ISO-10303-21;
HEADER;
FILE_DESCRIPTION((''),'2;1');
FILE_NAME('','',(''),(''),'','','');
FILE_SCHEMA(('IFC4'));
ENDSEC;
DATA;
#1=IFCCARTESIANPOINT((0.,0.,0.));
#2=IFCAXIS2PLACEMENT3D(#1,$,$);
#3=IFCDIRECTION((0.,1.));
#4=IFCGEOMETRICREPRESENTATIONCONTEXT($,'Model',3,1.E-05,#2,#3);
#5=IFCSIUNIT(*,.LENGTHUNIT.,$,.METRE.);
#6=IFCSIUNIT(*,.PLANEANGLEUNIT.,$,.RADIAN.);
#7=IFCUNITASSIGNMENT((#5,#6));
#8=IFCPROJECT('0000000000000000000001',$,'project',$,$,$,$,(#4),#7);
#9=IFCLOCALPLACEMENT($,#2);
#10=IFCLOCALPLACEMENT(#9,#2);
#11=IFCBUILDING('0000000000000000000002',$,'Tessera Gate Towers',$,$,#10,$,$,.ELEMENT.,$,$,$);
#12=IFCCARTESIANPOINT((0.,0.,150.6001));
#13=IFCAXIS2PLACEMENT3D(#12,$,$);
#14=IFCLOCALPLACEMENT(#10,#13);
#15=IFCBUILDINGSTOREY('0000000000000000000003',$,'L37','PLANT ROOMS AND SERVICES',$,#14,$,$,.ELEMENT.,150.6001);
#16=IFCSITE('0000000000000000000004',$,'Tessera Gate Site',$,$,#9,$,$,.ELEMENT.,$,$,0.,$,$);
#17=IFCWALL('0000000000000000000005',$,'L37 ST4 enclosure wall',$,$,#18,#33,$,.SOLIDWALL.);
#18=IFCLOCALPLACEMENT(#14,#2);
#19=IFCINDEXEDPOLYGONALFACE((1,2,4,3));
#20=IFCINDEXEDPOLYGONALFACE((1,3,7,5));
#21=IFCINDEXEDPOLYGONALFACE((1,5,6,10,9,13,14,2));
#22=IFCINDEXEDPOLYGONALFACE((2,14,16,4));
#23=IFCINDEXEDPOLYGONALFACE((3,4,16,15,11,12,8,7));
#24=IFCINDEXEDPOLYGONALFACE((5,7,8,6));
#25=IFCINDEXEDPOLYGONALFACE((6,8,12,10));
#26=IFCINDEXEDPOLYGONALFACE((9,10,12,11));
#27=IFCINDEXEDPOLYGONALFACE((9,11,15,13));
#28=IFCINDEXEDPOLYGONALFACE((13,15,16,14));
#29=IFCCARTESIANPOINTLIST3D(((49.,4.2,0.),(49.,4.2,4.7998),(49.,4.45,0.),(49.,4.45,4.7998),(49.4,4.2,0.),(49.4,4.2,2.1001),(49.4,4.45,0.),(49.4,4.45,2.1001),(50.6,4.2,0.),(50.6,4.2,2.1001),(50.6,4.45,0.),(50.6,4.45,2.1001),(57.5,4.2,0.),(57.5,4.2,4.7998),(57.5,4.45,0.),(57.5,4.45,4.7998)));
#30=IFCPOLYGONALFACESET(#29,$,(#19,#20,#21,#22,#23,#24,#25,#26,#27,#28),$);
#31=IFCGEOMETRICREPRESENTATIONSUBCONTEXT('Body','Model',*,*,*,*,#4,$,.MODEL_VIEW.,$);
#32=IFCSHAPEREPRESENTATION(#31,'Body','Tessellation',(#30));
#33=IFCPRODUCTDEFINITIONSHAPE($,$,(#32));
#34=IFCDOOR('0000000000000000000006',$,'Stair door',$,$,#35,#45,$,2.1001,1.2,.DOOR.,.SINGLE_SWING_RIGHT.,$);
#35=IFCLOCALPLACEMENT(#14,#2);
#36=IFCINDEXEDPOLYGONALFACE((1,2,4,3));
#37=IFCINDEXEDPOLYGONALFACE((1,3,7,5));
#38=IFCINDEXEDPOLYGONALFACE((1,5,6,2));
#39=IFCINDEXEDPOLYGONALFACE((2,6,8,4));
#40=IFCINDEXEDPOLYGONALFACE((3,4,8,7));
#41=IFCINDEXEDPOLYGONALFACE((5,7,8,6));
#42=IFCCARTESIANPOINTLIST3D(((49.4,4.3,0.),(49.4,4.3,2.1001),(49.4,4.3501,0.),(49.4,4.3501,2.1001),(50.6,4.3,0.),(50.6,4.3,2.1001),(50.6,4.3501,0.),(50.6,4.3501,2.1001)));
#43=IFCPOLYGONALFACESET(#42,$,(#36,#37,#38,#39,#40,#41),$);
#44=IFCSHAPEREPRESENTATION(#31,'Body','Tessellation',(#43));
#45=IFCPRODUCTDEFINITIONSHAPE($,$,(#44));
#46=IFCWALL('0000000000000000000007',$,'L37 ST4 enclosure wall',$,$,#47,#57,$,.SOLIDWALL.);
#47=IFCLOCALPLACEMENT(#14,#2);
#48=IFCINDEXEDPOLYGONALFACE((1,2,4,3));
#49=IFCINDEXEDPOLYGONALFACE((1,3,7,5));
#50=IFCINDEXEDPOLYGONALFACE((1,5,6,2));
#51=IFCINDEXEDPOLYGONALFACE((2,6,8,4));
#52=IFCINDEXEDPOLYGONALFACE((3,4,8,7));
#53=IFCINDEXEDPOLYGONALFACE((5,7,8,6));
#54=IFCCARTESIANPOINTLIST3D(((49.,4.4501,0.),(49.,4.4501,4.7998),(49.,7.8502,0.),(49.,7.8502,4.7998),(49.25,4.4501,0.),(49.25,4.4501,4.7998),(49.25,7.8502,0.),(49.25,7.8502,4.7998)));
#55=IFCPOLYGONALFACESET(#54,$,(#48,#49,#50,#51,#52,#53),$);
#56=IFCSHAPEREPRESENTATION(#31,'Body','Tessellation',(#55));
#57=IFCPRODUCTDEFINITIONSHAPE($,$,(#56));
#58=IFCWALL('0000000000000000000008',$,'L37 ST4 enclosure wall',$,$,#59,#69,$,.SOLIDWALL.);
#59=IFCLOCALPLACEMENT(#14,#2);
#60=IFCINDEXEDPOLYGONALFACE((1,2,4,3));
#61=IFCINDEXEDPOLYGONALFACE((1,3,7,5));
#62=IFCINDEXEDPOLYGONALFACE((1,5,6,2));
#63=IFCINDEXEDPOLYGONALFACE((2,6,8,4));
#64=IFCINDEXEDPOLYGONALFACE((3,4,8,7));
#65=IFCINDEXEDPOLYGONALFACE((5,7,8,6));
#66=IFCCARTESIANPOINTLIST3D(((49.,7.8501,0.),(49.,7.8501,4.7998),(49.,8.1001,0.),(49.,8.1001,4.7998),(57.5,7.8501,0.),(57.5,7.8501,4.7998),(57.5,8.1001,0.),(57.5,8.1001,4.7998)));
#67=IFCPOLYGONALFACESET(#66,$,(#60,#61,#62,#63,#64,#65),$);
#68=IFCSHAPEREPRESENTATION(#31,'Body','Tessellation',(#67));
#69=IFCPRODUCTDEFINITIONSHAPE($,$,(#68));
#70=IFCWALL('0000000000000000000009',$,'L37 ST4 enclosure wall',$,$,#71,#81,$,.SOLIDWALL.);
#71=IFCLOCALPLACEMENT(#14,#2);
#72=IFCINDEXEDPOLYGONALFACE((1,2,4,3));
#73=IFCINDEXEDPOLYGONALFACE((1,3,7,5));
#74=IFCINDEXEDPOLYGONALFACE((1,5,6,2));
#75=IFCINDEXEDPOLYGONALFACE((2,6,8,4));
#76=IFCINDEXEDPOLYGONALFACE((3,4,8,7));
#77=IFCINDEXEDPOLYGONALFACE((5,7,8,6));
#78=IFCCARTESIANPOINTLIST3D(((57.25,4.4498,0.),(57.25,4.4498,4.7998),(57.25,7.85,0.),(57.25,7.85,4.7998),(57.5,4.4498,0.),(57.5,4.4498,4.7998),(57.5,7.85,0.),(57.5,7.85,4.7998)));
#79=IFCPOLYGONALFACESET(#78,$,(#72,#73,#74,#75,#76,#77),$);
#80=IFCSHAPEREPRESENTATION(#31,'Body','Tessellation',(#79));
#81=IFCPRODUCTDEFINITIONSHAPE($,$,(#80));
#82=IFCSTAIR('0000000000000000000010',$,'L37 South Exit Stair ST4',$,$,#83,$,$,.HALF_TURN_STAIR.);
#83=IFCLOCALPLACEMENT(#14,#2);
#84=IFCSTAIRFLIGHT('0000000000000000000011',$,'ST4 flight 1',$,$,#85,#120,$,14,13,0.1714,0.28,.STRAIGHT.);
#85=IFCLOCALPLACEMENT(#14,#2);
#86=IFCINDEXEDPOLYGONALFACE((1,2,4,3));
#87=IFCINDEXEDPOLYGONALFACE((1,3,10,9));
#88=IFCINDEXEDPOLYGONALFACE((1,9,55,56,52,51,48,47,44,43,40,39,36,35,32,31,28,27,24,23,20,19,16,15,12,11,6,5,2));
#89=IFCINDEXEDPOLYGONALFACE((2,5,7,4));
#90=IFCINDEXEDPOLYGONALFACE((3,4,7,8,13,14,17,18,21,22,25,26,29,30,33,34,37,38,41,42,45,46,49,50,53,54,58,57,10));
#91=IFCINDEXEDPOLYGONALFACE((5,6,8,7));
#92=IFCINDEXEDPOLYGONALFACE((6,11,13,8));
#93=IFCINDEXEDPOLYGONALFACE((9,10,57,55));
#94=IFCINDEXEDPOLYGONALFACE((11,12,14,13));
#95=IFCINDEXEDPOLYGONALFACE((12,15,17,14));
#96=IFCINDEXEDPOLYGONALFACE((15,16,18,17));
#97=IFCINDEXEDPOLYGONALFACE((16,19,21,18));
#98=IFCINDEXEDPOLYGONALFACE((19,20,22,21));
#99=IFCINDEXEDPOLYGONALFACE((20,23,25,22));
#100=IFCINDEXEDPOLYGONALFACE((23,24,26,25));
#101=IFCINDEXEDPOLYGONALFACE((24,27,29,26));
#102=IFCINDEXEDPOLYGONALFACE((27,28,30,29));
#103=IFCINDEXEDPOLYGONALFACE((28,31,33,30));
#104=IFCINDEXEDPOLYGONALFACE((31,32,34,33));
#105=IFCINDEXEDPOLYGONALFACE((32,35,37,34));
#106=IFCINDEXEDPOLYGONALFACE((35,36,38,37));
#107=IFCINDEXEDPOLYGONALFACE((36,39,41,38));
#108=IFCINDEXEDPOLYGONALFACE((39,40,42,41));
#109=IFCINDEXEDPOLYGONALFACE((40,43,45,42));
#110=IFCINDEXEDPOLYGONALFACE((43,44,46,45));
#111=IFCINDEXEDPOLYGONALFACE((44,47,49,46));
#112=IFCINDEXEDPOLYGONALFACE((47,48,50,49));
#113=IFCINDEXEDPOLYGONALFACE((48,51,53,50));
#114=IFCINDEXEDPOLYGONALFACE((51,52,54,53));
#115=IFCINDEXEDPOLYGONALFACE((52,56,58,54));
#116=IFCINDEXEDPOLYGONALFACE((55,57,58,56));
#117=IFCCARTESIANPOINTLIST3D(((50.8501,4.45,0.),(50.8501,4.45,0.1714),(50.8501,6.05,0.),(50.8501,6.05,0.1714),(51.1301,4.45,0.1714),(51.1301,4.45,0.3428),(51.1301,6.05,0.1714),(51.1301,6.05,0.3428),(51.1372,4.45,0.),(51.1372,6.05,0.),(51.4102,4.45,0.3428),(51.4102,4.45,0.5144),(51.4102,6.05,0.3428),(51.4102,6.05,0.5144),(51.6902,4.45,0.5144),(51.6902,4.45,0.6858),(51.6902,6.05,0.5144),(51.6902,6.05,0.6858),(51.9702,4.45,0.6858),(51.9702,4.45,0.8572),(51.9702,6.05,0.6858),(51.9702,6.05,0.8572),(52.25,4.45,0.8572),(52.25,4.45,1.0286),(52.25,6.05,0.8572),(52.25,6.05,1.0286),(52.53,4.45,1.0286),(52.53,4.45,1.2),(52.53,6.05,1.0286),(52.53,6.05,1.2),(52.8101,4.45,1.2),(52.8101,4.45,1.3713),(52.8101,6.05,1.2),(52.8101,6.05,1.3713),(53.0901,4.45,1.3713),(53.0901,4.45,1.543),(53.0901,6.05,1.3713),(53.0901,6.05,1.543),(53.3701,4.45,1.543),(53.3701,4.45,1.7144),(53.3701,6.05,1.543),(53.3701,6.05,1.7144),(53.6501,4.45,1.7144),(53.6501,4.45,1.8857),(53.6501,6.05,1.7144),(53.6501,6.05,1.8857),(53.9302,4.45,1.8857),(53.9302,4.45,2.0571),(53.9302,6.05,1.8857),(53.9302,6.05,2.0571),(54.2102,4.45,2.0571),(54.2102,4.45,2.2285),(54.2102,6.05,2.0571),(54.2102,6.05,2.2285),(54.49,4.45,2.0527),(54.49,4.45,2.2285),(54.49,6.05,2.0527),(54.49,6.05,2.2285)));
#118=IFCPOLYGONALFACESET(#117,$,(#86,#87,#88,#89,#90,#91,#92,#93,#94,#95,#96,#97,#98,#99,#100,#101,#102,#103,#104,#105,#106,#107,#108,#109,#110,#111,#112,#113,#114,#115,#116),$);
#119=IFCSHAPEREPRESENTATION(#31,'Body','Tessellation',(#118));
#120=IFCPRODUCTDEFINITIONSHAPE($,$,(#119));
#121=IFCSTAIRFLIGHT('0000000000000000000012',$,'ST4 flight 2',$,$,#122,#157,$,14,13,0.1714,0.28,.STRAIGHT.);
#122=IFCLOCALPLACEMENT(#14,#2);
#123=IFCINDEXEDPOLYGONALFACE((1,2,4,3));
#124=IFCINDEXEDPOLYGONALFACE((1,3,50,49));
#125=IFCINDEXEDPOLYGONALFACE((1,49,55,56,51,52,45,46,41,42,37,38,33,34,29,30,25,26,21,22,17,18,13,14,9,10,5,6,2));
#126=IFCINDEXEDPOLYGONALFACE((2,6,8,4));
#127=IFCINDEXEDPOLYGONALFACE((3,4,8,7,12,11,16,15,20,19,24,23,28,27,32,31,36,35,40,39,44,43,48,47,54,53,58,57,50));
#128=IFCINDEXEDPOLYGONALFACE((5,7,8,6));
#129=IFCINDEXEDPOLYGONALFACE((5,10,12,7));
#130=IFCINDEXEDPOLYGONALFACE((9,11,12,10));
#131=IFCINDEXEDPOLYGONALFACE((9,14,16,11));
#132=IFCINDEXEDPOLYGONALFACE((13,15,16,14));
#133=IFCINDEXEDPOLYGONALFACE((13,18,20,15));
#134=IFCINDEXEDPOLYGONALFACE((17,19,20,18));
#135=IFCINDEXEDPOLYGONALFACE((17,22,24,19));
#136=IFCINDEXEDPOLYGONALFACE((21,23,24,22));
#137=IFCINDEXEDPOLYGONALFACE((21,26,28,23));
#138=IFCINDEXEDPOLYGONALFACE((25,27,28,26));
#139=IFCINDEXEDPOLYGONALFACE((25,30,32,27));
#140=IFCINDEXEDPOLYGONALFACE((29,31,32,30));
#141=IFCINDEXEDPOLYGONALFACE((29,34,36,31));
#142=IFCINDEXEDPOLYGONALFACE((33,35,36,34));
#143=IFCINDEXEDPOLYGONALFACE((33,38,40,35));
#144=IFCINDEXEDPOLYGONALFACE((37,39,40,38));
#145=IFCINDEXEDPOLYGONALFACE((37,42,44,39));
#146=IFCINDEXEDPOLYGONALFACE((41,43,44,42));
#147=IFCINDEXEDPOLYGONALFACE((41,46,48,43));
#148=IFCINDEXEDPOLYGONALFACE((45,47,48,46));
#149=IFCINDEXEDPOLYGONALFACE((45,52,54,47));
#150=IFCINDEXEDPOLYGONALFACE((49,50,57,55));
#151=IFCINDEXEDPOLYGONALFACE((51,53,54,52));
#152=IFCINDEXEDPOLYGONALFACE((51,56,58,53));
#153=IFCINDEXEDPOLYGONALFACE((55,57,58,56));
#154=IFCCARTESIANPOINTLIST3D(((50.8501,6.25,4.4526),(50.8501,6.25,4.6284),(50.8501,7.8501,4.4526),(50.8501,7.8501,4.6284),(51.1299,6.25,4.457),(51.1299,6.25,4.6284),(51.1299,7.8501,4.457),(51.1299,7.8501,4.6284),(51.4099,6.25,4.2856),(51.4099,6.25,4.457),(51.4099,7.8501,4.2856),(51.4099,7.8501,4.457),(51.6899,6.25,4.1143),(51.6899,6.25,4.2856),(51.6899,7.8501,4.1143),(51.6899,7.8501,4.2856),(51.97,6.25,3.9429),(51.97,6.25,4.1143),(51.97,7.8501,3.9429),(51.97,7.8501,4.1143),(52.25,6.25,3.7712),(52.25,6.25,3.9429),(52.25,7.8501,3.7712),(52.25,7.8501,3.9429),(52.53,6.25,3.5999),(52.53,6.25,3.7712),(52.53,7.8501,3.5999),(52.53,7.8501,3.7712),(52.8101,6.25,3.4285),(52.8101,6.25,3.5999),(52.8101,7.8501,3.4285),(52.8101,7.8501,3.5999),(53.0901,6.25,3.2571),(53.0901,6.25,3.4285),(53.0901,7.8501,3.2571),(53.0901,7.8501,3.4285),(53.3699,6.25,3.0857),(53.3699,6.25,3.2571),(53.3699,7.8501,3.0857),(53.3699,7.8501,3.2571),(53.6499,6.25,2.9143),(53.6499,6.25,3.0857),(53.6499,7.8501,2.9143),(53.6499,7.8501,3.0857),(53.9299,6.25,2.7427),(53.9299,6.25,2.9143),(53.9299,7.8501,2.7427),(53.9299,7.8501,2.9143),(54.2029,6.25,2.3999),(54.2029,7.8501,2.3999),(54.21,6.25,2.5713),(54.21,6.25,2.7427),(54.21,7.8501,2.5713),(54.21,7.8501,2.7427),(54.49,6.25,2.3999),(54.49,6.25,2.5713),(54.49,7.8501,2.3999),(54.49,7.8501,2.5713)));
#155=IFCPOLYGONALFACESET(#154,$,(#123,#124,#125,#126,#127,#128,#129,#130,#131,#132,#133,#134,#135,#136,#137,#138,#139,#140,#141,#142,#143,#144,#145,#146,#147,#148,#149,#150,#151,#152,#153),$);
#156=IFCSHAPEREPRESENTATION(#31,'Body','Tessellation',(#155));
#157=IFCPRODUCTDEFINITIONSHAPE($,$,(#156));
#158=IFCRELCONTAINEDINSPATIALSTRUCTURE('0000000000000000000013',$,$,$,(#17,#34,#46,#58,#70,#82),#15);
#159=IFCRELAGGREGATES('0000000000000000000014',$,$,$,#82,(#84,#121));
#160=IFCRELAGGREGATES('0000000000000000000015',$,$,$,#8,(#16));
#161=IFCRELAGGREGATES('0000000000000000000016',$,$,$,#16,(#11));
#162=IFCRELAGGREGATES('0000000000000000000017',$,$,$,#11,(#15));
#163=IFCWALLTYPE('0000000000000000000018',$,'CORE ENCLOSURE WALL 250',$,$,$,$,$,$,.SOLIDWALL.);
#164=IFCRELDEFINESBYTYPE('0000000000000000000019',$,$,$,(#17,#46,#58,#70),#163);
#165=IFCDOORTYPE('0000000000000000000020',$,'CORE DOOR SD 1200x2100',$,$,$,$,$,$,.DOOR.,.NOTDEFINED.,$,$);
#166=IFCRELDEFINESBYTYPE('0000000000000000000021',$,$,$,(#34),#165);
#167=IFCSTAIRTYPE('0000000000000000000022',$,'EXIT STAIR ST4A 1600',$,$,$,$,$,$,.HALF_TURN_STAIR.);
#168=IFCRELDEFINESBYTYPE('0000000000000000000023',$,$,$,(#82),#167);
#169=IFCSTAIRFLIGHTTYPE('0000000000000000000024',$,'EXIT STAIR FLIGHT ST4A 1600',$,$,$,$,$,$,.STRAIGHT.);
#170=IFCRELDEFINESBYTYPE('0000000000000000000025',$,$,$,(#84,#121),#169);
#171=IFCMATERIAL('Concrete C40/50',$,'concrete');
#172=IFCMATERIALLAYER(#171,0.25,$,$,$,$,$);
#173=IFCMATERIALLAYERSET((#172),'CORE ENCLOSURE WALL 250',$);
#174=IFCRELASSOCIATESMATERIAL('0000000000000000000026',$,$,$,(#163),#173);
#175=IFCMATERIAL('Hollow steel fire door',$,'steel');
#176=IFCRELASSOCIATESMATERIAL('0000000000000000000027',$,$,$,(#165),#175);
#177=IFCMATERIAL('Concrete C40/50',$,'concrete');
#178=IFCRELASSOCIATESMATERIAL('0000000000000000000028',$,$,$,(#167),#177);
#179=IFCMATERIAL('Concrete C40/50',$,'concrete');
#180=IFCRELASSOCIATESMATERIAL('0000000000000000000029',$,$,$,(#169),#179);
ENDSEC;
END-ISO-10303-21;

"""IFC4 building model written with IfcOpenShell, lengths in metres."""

from ifc_helpers import new_model, si_unit, direction, frame, frame_2d, origin, place, context, subcontext, project, spatial, polyline, rectangle, outline, extrude, source, transform, mapped, material, layer, layer_set, type_object, element, fill, aggregate, save


model = new_model("IFC4")

# Units and contexts
model_context = context("Model", 3, precision=1e-05, world=origin(), true_north=direction((0.0, 1.0)))
body_context = subcontext(model_context, "Body", "Model", "MODEL_VIEW")
ifc_project = project(units=[si_unit("LENGTHUNIT", "METRE"), si_unit("PLANEANGLEUNIT", "RADIAN")], contexts=[model_context])

# Site, building, storey
site_placement = place(None, origin())
site = spatial("IfcSite", under=ifc_project, at=site_placement, Name="Tessera Gate Site", CompositionType="ELEMENT", RefElevation=0.0)
building_placement = place(site_placement, origin())
building = spatial("IfcBuilding", under=site, at=building_placement, Name="Tessera Gate Towers", CompositionType="ELEMENT")
storey_placement = place(building_placement, frame((0.0, 0.0, 150.6001)))
storey = spatial("IfcBuildingStorey", under=building, at=storey_placement, Name="L37", Description="PLANT ROOMS AND SERVICES", CompositionType="ELEMENT", Elevation=150.6001)

# Wall, opening, door
ifc_material_1 = material(Name="Concrete C40/50", Category="concrete")
ifc_layer_1 = layer(ifc_material_1, 0.25)
ifc_layer_set_1 = layer_set([ifc_layer_1], Name="CORE ENCLOSURE WALL 250")
wall_type_1 = type_object("IfcWallType", Name="CORE ENCLOSURE WALL 250", PredefinedType="SOLIDWALL", material=ifc_layer_set_1)
wall_1_placement = place(storey_placement, frame((57.5, 4.325, 0.0), z_axis=(0.0, 0.0, 1.0), x_axis=(-1.0, 0.0, 0.0)))
wall_1 = element("IfcWall", 1, at=wall_1_placement, inside=storey, type_object=wall_type_1, Name="L37 ST4 enclosure wall", PredefinedType="SOLIDWALL", context=body_context, shape_type="SweptSolid", body=[
    extrude(rectangle(XDim=8.5, YDim=0.25, at=frame_2d((4.25, 0.0))), origin(), (0.0, 0.0, 1.0), 4.7998),
])
shared_shape_1 = source(origin(), body_context, "Body", "SweptSolid", [
    extrude(rectangle(XDim=1.2, YDim=2.1001, at=frame_2d((0.6001, 1.05))), frame((0.0, 0.135, 0.0), z_axis=(0.0, -1.0, 0.0), x_axis=(1.0, 0.0, 0.0)), (0.0, 0.0, 1.0), 0.27),
])
opening_placement = place(wall_1_placement, frame((6.8999, 0.0, 0.0)))
opening = element("IfcOpeningElement", 2, at=opening_placement, cuts=wall_1, PredefinedType="OPENING", context=body_context, shape_type="MappedRepresentation", body=[
    mapped(shared_shape_1, transform((0.0, 0.0, 0.0), scale=1.0)),
])
ifc_material_2 = material(Name="Hollow steel fire door", Category="steel")
door_type = type_object("IfcDoorType", Name="CORE DOOR SD 1200x2100", OperationType="NOTDEFINED", PredefinedType="DOOR", material=ifc_material_2)
shared_shape_2 = source(origin(), body_context, "Body", "SweptSolid", [
    extrude(rectangle(XDim=1.2, YDim=2.1001, at=frame_2d((0.6001, 1.05))), frame((0.0, 0.0249, 0.0), z_axis=(0.0, -1.0, 0.0), x_axis=(1.0, 0.0, 0.0)), (0.0, 0.0, 1.0), 0.05),
])
door_placement = place(opening_placement, origin())
door = element("IfcDoor", 3, at=door_placement, inside=storey, type_object=door_type, Name="Stair door", OperationType="SINGLE_SWING_RIGHT", OverallHeight=2.1001, OverallWidth=1.2, PredefinedType="DOOR", context=body_context, shape_type="MappedRepresentation", body=[
    mapped(shared_shape_2, transform((0.0, 0.0, 0.0), scale=1.0)),
])
fill(opening, door)

# Walls
wall_2_placement = place(storey_placement, frame((49.125, 4.45, 0.0), z_axis=(0.0, 0.0, 1.0), x_axis=(0.0, 1.0, 0.0)))
element("IfcWall", 4, at=wall_2_placement, inside=storey, type_object=wall_type_1, Name="L37 ST4 enclosure wall", PredefinedType="SOLIDWALL", context=body_context, shape_type="SweptSolid", body=[
    extrude(rectangle(XDim=3.4001, YDim=0.25, at=frame_2d((1.7002, 0.0))), origin(), (0.0, 0.0, 1.0), 4.7998),
])
wall_3_placement = place(storey_placement, frame((49.0, 7.9751, 0.0), z_axis=(0.0, 0.0, 1.0), x_axis=(1.0, 0.0, 0.0)))
element("IfcWall", 5, at=wall_3_placement, inside=storey, type_object=wall_type_1, Name="L37 ST4 enclosure wall", PredefinedType="SOLIDWALL", context=body_context, shape_type="SweptSolid", body=[
    extrude(rectangle(XDim=8.5, YDim=0.25, at=frame_2d((4.25, 0.0))), origin(), (0.0, 0.0, 1.0), 4.7998),
])
wall_4_placement = place(storey_placement, frame((57.375, 7.8501, 0.0), z_axis=(0.0, 0.0, 1.0), x_axis=(0.0, -1.0, 0.0)))
element("IfcWall", 6, at=wall_4_placement, inside=storey, type_object=wall_type_1, Name="L37 ST4 enclosure wall", PredefinedType="SOLIDWALL", context=body_context, shape_type="SweptSolid", body=[
    extrude(rectangle(XDim=3.4001, YDim=0.25, at=frame_2d((1.7002, 0.0))), origin(), (0.0, 0.0, 1.0), 4.7998),
])

# Stair, stair flights
ifc_material_3 = material(Name="Concrete C40/50", Category="concrete")
stair_type = type_object("IfcStairType", Name="EXIT STAIR ST4A 1600", PredefinedType="HALF_TURN_STAIR", material=ifc_material_3)
stair_placement = place(storey_placement, origin())
stair = element("IfcStair", 7, at=stair_placement, inside=storey, type_object=stair_type, Name="L37 South Exit Stair ST4", PredefinedType="HALF_TURN_STAIR")
ifc_material_4 = material(Name="Concrete C40/50", Category="concrete")
stair_flight_type = type_object("IfcStairFlightType", Name="EXIT STAIR FLIGHT ST4A 1600", PredefinedType="STRAIGHT", material=ifc_material_4)
stair_flight_1_placement = place(storey_placement, frame((50.8501, 5.25, 0.0), z_axis=(0.0, 0.0, 1.0), x_axis=(1.0, 0.0, 0.0)))
stair_flight_1 = element("IfcStairFlight", 8, at=stair_flight_1_placement, type_object=stair_flight_type, Name="ST4 flight 1", NumberOfRisers=14, NumberOfTreads=13, PredefinedType="STRAIGHT", RiserHeight=0.1714, TreadLength=0.28, context=body_context, shape_type="SweptSolid", body=[
    extrude(outline(polyline([(0.0, 0.0), (0.0, 0.1714), (0.28, 0.1714), (0.28, 0.3428), (0.5601, 0.3428), (0.5601, 0.5144), (0.8401, 0.5144), (0.8401, 0.6858), (1.1201, 0.6858), (1.1201, 0.8572), (1.3999, 0.8572), (1.3999, 1.0286), (1.6799, 1.0286), (1.6799, 1.2), (1.96, 1.2), (1.96, 1.3713), (2.24, 1.3713), (2.24, 1.543), (2.52, 1.543), (2.52, 1.7144), (2.8, 1.7144), (2.8, 1.8857), (3.0801, 1.8857), (3.0801, 2.0571), (3.3601, 2.0571), (3.3601, 2.2285), (3.6399, 2.2285), (3.6399, 2.3999), (3.6399, 2.0527), (0.2871, 0.0), (0.0, 0.0)])), frame((0.0, 0.8, 0.0), z_axis=(0.0, -1.0, 0.0), x_axis=(1.0, 0.0, 0.0)), (0.0, 0.0, 1.0), 1.6001),
])
stair_flight_2_placement = place(storey_placement, frame((54.49, 7.05, 2.3999), z_axis=(0.0, 0.0, 1.0), x_axis=(-1.0, 0.0, 0.0)))
stair_flight_2 = element("IfcStairFlight", 9, at=stair_flight_2_placement, type_object=stair_flight_type, Name="ST4 flight 2", NumberOfRisers=14, NumberOfTreads=13, PredefinedType="STRAIGHT", RiserHeight=0.1714, TreadLength=0.28, context=body_context, shape_type="SweptSolid", body=[
    extrude(outline(polyline([(0.0, 0.0), (0.0, 0.1714), (0.28, 0.1714), (0.28, 0.3428), (0.5601, 0.3428), (0.5601, 0.5144), (0.8401, 0.5144), (0.8401, 0.6858), (1.1201, 0.6858), (1.1201, 0.8572), (1.3999, 0.8572), (1.3999, 1.0286), (1.6799, 1.0286), (1.6799, 1.2), (1.96, 1.2), (1.96, 1.3713), (2.24, 1.3713), (2.24, 1.543), (2.52, 1.543), (2.52, 1.7144), (2.8, 1.7144), (2.8, 1.8857), (3.0801, 1.8857), (3.0801, 2.0571), (3.3601, 2.0571), (3.3601, 2.2285), (3.6399, 2.2285), (3.6399, 2.3999), (3.6399, 2.0527), (0.2871, 0.0), (0.0, 0.0)])), frame((0.0, 0.8, 0.0), z_axis=(0.0, -1.0, 0.0), x_axis=(1.0, 0.0, 0.0)), (0.0, 0.0, 1.0), 1.6001),
])
aggregate(stair, [stair_flight_1, stair_flight_2])

save(model, "model.ifc")
